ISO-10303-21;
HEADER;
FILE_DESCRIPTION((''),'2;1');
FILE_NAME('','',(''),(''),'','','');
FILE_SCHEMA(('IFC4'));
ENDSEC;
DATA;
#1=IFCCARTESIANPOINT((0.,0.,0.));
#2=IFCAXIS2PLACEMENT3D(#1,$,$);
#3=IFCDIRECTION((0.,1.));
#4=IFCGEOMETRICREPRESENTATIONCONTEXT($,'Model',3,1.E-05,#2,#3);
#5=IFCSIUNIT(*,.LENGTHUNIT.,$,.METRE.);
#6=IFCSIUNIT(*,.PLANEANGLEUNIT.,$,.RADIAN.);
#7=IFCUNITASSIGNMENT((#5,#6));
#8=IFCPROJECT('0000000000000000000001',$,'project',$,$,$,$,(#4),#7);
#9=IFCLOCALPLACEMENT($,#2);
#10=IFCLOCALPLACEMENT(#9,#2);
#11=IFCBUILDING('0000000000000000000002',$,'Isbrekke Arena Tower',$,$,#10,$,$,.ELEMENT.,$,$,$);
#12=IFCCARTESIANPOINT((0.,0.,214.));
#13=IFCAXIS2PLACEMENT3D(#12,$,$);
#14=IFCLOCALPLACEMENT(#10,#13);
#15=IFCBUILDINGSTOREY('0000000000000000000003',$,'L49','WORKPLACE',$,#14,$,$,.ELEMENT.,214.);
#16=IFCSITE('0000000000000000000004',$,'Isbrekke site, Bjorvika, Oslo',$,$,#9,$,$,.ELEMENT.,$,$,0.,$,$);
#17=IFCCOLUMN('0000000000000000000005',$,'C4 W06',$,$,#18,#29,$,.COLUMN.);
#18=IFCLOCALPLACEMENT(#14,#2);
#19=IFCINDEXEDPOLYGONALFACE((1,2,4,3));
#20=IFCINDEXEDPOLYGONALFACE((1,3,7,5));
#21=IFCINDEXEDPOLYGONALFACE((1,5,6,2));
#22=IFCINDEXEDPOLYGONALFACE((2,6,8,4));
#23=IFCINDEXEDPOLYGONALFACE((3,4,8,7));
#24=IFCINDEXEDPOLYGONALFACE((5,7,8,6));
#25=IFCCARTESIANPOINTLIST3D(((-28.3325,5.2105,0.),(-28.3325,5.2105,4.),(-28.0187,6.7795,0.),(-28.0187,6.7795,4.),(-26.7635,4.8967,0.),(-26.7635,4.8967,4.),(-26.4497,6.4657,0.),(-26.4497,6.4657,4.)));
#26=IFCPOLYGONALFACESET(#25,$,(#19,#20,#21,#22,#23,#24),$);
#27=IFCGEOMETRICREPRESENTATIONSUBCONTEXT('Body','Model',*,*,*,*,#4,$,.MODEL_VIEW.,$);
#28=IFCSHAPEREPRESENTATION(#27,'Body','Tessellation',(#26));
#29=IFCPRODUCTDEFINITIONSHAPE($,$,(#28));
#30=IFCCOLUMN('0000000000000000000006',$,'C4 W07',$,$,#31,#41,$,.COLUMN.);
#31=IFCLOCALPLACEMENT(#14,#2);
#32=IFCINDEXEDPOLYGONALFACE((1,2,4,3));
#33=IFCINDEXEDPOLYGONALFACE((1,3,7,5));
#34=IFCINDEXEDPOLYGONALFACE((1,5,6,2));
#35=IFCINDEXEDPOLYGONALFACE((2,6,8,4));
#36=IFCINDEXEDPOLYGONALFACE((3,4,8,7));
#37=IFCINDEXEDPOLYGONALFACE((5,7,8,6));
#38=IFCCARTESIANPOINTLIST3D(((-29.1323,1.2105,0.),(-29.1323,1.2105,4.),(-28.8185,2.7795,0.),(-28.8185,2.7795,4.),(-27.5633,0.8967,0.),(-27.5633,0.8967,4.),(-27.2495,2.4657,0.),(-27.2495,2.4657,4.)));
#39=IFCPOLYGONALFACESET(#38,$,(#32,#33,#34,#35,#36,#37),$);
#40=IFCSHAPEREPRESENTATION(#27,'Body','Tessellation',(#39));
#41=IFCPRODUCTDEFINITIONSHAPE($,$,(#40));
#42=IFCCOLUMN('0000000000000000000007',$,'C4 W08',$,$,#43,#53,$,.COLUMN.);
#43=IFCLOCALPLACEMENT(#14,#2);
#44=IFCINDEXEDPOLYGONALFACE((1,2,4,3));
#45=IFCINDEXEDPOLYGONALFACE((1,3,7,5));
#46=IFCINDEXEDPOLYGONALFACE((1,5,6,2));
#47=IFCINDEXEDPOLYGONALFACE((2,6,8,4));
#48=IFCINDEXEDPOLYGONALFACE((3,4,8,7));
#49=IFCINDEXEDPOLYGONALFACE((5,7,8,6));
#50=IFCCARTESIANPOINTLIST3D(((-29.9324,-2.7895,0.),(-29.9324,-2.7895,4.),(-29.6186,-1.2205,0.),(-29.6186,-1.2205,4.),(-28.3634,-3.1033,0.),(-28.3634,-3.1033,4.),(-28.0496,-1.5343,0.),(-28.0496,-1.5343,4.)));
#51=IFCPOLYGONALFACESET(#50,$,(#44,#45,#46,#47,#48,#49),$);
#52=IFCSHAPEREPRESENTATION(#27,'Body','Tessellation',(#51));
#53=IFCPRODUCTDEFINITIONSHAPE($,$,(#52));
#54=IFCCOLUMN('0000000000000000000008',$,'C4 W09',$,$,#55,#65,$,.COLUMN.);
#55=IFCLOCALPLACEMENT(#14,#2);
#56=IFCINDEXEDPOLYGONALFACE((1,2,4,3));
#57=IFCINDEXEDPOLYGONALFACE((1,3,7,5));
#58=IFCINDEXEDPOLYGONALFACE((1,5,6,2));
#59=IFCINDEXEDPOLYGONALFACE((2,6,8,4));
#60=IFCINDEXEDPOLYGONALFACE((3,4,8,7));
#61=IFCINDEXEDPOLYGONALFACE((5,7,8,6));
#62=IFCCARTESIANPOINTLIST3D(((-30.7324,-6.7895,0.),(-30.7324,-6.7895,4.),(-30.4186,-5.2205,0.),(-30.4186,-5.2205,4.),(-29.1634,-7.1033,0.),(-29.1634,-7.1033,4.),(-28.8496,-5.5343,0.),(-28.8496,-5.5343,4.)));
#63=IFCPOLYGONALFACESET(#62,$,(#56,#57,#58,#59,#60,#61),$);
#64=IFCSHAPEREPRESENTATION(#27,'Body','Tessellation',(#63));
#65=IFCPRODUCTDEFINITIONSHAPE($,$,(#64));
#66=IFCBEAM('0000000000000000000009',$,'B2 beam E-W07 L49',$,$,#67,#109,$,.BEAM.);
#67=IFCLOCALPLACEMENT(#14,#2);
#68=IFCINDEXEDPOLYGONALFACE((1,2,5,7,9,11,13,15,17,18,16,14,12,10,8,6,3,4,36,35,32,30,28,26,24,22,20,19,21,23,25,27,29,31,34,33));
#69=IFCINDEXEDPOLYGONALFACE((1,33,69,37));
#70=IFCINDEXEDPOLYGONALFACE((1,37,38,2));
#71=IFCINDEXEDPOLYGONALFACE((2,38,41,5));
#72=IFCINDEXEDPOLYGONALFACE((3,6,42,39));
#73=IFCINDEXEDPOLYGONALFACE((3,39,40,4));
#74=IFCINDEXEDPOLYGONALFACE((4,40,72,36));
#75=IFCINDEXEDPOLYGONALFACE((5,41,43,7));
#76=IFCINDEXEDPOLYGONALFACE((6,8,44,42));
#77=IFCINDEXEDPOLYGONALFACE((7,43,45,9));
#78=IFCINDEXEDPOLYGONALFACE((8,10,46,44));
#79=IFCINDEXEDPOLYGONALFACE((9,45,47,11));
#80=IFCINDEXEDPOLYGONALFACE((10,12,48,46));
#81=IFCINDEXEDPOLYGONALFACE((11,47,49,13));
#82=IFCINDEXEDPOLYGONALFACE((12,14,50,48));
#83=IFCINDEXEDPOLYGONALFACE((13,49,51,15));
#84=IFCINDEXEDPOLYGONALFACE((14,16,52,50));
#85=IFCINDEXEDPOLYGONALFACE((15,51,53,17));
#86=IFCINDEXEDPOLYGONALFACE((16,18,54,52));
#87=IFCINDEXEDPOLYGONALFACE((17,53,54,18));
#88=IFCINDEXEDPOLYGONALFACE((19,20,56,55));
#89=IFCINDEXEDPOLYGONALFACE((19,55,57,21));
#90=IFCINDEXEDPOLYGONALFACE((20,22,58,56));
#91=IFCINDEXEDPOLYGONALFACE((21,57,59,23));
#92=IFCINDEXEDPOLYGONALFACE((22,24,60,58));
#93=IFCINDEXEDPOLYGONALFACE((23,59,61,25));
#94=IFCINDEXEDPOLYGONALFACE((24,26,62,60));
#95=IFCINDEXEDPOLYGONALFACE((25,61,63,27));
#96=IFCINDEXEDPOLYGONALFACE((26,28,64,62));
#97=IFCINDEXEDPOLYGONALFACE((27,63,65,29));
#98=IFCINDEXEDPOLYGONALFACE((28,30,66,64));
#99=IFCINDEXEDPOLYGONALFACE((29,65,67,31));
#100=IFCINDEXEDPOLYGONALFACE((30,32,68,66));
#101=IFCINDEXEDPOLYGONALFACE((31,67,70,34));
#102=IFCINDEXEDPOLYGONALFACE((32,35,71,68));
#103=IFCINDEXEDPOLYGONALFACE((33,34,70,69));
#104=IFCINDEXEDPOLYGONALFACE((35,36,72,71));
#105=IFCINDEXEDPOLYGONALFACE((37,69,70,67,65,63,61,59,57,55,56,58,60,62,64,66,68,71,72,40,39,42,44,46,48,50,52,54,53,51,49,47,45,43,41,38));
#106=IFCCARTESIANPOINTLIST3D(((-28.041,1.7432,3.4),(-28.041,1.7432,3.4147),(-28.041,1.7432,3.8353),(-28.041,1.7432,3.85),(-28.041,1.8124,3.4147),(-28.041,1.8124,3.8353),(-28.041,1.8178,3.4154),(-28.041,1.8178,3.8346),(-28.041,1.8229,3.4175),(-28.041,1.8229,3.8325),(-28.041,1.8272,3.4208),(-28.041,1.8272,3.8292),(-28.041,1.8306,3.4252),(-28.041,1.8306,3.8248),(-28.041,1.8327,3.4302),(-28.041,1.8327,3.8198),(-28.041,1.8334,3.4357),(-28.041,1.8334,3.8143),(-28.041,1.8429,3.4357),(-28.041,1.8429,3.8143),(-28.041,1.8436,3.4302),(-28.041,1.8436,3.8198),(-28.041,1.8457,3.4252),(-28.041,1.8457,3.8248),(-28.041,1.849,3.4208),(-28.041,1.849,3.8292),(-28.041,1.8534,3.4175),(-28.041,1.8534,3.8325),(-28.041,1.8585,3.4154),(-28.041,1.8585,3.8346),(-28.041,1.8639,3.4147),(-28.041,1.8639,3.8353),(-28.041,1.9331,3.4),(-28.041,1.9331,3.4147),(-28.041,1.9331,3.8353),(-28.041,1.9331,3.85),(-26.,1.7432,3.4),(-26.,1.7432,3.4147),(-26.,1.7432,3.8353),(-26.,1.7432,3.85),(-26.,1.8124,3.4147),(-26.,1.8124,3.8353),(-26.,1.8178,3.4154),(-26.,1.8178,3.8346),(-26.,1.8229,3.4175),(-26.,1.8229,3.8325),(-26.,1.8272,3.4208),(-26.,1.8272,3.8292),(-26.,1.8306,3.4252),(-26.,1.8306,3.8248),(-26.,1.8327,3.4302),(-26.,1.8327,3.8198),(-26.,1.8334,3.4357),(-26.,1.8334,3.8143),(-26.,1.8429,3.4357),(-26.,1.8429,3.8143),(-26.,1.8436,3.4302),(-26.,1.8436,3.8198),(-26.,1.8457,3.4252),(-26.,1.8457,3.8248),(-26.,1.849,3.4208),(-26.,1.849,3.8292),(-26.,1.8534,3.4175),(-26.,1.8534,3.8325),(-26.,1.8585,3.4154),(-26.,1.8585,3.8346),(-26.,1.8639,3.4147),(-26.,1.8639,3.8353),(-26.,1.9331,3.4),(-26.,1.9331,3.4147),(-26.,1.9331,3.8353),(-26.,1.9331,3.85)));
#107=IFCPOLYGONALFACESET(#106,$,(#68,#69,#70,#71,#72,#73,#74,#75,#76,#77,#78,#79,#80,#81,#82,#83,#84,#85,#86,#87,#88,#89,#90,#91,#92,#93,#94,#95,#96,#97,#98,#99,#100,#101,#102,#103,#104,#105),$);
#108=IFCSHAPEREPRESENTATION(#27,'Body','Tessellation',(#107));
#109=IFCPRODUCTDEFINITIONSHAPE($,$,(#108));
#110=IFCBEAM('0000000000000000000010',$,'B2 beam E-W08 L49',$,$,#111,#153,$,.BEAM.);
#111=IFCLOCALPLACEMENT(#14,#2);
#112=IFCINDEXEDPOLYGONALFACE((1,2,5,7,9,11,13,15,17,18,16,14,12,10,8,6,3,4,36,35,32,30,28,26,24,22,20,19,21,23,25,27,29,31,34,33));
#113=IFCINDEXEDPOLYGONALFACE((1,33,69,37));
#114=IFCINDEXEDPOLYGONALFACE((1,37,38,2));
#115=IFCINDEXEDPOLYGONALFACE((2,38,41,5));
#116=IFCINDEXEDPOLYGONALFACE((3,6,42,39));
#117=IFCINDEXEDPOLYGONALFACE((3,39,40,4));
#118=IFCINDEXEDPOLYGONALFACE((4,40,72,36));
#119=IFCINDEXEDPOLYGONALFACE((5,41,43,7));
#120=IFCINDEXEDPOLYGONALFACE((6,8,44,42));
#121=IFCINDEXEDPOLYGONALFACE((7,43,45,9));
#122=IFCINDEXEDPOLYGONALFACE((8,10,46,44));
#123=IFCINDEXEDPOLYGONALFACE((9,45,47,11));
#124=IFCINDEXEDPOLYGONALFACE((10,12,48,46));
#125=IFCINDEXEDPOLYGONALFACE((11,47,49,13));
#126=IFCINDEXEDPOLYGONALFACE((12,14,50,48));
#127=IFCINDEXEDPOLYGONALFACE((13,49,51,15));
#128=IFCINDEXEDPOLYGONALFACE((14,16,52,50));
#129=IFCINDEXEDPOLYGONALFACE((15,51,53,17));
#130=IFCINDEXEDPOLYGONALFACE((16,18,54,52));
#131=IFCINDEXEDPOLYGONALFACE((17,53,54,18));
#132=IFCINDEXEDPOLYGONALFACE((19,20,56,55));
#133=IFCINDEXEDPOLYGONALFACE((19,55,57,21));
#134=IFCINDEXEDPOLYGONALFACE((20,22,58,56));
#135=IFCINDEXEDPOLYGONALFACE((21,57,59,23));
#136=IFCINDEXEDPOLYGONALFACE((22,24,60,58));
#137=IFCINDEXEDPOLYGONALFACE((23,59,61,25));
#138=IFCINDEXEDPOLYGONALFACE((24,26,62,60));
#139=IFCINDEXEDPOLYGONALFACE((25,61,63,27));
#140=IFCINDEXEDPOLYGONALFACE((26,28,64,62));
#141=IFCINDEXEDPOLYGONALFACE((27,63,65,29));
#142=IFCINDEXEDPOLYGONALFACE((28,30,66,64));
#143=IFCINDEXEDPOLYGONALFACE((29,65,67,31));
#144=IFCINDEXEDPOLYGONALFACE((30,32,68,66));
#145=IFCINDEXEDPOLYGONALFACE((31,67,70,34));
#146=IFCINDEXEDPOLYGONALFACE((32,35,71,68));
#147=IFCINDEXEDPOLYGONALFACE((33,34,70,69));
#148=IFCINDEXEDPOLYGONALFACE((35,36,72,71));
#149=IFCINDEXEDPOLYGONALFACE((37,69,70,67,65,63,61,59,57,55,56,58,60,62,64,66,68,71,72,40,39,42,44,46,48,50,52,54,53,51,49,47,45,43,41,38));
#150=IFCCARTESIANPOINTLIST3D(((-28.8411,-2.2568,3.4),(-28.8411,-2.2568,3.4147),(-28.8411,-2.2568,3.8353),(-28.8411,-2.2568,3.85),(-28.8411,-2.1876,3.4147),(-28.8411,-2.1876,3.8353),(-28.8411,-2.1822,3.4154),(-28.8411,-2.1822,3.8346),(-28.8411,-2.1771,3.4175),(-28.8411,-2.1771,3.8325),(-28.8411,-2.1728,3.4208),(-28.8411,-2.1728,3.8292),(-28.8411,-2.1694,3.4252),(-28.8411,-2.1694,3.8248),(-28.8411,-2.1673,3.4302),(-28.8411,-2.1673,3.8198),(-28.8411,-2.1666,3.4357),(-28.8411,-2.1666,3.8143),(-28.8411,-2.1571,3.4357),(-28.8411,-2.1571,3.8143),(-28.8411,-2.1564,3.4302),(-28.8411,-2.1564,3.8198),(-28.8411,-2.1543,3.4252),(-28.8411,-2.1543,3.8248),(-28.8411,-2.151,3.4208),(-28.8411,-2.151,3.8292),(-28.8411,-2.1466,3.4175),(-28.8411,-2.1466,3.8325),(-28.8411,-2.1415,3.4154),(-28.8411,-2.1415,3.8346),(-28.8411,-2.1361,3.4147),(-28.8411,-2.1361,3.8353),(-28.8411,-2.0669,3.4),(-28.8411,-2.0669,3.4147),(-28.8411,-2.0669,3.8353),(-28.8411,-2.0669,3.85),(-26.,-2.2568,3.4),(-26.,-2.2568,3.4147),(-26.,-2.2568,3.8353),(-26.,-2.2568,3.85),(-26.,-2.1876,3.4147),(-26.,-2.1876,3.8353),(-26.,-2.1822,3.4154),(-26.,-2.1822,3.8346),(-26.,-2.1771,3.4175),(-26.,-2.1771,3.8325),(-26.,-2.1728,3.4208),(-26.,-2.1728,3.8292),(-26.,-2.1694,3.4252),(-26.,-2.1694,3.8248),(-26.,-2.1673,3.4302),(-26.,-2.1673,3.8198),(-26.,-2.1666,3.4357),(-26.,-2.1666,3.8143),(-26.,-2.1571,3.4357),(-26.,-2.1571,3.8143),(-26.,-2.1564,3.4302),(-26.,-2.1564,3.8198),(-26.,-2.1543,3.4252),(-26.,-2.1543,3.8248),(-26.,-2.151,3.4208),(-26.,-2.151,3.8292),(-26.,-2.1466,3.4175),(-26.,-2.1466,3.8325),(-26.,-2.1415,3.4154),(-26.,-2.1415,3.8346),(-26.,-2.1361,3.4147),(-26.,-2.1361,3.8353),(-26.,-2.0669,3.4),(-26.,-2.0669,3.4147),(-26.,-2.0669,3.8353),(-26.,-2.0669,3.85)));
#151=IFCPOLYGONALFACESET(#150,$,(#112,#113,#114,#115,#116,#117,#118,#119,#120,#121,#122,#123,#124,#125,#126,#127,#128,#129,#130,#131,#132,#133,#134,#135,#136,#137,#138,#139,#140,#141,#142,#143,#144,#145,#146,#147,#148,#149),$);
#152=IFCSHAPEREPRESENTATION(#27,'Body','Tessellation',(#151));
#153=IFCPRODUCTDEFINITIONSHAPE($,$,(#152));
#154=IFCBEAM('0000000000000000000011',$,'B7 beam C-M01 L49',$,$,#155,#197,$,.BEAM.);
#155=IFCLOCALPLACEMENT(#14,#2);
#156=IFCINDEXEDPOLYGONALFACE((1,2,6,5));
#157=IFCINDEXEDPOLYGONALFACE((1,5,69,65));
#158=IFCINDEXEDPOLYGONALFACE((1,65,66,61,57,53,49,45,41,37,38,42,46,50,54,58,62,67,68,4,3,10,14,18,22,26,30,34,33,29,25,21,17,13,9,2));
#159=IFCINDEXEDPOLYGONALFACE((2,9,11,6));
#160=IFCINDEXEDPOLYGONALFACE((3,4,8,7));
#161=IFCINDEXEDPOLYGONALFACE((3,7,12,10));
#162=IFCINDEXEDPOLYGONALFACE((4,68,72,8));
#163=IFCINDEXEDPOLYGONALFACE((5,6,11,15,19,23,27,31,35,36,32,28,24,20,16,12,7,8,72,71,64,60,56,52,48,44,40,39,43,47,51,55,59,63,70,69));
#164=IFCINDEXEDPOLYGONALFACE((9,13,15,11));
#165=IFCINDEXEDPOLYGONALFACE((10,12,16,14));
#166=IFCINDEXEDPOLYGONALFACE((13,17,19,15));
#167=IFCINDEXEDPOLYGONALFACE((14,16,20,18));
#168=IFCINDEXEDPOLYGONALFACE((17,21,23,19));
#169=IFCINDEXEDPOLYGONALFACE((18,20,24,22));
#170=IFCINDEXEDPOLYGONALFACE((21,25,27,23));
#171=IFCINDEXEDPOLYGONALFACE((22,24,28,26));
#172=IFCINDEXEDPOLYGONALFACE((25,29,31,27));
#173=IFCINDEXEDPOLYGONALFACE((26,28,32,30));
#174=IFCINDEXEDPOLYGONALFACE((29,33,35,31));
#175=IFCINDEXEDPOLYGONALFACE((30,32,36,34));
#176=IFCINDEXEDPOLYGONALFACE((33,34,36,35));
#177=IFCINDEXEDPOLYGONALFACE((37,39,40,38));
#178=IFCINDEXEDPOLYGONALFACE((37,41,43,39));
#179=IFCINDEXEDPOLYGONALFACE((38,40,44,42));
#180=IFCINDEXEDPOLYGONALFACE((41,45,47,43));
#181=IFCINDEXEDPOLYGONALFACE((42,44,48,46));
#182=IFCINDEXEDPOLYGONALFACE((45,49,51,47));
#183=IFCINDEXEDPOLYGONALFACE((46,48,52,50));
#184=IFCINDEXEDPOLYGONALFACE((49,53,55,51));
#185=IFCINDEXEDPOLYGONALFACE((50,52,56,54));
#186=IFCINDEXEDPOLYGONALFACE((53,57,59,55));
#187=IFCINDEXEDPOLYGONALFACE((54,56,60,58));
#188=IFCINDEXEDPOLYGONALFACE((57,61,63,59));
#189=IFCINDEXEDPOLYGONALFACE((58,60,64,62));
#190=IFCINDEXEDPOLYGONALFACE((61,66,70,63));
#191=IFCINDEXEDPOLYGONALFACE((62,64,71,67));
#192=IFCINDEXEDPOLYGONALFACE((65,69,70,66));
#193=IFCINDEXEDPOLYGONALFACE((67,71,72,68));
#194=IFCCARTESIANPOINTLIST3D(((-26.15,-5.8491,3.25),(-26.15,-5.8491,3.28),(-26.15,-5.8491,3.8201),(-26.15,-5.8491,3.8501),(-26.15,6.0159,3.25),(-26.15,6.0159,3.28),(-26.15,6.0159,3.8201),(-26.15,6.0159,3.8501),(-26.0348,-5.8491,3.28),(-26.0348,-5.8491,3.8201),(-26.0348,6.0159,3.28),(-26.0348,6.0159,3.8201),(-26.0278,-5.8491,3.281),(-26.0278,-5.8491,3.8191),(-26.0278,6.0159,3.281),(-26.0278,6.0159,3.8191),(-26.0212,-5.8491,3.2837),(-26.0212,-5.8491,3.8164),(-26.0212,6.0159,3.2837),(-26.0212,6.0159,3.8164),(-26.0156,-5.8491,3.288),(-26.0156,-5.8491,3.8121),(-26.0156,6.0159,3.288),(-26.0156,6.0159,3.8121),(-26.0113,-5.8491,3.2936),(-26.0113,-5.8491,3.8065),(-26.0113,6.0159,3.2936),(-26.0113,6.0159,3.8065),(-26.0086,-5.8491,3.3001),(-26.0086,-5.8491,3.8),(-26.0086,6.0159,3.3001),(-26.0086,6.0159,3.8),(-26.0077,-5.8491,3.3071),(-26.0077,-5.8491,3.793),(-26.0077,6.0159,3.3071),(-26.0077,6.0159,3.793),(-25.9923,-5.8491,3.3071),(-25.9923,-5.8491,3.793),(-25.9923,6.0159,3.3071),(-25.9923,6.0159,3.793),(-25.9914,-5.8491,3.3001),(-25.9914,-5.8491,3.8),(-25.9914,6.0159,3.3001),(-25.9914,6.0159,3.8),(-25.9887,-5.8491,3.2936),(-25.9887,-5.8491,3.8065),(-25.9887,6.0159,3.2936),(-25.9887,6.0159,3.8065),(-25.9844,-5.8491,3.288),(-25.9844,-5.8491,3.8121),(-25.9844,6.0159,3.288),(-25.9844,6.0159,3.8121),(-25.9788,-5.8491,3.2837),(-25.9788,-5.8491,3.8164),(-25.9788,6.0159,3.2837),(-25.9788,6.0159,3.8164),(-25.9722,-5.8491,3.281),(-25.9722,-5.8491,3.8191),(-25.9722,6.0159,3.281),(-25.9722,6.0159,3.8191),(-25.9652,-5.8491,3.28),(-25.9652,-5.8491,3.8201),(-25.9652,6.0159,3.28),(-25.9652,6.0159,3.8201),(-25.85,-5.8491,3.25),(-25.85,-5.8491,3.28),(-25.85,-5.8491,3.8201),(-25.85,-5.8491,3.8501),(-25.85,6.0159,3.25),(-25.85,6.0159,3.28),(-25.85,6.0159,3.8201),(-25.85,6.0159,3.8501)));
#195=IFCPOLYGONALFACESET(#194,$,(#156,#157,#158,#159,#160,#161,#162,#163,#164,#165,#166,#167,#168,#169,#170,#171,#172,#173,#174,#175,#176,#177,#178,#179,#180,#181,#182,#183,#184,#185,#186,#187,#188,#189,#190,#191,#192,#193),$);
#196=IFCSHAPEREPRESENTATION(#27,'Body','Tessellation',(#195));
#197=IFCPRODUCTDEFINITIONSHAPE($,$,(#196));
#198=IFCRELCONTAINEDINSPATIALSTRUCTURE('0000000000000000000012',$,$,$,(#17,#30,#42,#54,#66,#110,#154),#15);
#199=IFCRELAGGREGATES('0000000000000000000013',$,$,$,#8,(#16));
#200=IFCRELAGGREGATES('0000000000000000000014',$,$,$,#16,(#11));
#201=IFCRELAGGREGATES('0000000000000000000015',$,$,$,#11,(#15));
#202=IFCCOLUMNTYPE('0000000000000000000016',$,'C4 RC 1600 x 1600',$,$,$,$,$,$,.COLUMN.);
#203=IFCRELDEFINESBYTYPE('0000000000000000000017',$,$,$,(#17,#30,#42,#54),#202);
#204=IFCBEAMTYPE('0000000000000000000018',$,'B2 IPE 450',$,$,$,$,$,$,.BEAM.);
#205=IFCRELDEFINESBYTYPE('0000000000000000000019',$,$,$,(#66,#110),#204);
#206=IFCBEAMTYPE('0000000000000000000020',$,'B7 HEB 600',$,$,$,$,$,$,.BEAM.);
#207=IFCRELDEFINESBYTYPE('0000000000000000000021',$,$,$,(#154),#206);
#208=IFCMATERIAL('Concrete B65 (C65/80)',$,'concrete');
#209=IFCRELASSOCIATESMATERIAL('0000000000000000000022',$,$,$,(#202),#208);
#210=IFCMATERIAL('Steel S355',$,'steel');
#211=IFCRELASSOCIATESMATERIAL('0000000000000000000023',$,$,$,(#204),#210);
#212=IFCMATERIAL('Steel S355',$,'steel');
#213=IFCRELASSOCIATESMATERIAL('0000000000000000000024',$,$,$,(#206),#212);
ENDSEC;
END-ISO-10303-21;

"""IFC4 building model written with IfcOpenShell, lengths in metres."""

from ifc_helpers import new_model, si_unit, direction, frame, origin, origin_2d, place, context, subcontext, project, spatial, rectangle, i_section, extrude, material, material_profile, profile_set, type_object, element, save


model = new_model("IFC4")

# Units and contexts
model_context = context("Model", 3, precision=1e-05, world=origin(), true_north=direction((0.0, 1.0)))
body_context = subcontext(model_context, "Body", "Model", "MODEL_VIEW")
ifc_project = project(units=[si_unit("LENGTHUNIT", "METRE"), si_unit("PLANEANGLEUNIT", "RADIAN")], contexts=[model_context])

# Site, building, storey
site_placement = place(None, origin())
site = spatial("IfcSite", under=ifc_project, at=site_placement, Name="Isbrekke site, Bjorvika, Oslo", CompositionType="ELEMENT", RefElevation=0.0)
building_placement = place(site_placement, origin())
building = spatial("IfcBuilding", under=site, at=building_placement, Name="Isbrekke Arena Tower", CompositionType="ELEMENT")
storey_placement = place(building_placement, frame((0.0, 0.0, 214.0)))
storey = spatial("IfcBuildingStorey", under=building, at=storey_placement, Name="L49", Description="WORKPLACE", CompositionType="ELEMENT", Elevation=214.0)

# Columns
ifc_material_1 = material(Name="Concrete B65 (C65/80)", Category="concrete")
ifc_material_profile_1 = material_profile(ifc_material_1, rectangle(XDim=1.6001, YDim=1.6001, at=origin_2d()), Name="RC 1600x1600")
ifc_profile_set_1 = profile_set([ifc_material_profile_1], Name="Concrete B65 (C65/80)")
column_type = type_object("IfcColumnType", Name="C4 RC 1600 x 1600", PredefinedType="COLUMN", material=ifc_profile_set_1)
for number, where, z_axis, x_axis, name in (
    (1, (-27.3911, 5.8381, 0.0), (0.0, 0.0, 1.0), (-0.196116, -0.980581, 0.0), "C4 W06"),
    (2, (-28.1909, 1.8381, 0.0), (0.0, 0.0, 1.0), (-0.196116, -0.980581, 0.0), "C4 W07"),
    (3, (-28.991, -2.1619, 0.0), (0.0, 0.0, 1.0), (-0.196116, -0.980581, 0.0), "C4 W08"),
    (4, (-29.791, -6.1619, 0.0), (0.0, 0.0, 1.0), (-0.196116, -0.980581, 0.0), "C4 W09"),
):
    element("IfcColumn", number, at=place(storey_placement, frame(where, z_axis=z_axis, x_axis=x_axis)), inside=storey, type_object=column_type, Name=name, PredefinedType="COLUMN", context=body_context, shape_type="SweptSolid", body=[
        extrude(rectangle(XDim=1.6001, YDim=1.6001, at=origin_2d()), origin(), (0.0, 0.0, 1.0), 4.0),
    ])

# Beams
ifc_material_2 = material(Name="Steel S355", Category="steel")
ifc_material_profile_2 = material_profile(ifc_material_2, i_section(OverallWidth=0.1899, OverallDepth=0.45, WebThickness=0.0095, FlangeThickness=0.0146, FilletRadius=0.021, at=origin_2d()), Name="IPE 450")
ifc_profile_set_2 = profile_set([ifc_material_profile_2], Name="Steel S355")
beam_type_1 = type_object("IfcBeamType", Name="B2 IPE 450", PredefinedType="BEAM", material=ifc_profile_set_2)
beam_1_placement = place(storey_placement, frame((-28.041, 1.8381, 3.625), z_axis=(1.0, 0.0, 0.0), x_axis=(0.0, 1.0, 0.0)))
element("IfcBeam", 5, at=beam_1_placement, inside=storey, type_object=beam_type_1, Name="B2 beam E-W07 L49", PredefinedType="BEAM", context=body_context, shape_type="SweptSolid", body=[
    extrude(i_section(OverallWidth=0.1899, OverallDepth=0.45, WebThickness=0.0095, FlangeThickness=0.0146, FilletRadius=0.021, at=origin_2d()), origin(), (0.0, 0.0, 1.0), 2.041),
])
beam_2_placement = place(storey_placement, frame((-28.8411, -2.1619, 3.625), z_axis=(1.0, 0.0, 0.0), x_axis=(0.0, 1.0, 0.0)))
element("IfcBeam", 6, at=beam_2_placement, inside=storey, type_object=beam_type_1, Name="B2 beam E-W08 L49", PredefinedType="BEAM", context=body_context, shape_type="SweptSolid", body=[
    extrude(i_section(OverallWidth=0.1899, OverallDepth=0.45, WebThickness=0.0095, FlangeThickness=0.0146, FilletRadius=0.021, at=origin_2d()), origin(), (0.0, 0.0, 1.0), 2.8411),
])
ifc_material_3 = material(Name="Steel S355", Category="steel")
ifc_material_profile_3 = material_profile(ifc_material_3, i_section(OverallWidth=0.3, OverallDepth=0.6001, WebThickness=0.0154, FlangeThickness=0.03, FilletRadius=0.0271, at=origin_2d()), Name="HEB 600")
ifc_profile_set_3 = profile_set([ifc_material_profile_3], Name="Steel S355")
beam_type_2 = type_object("IfcBeamType", Name="B7 HEB 600", PredefinedType="BEAM", material=ifc_profile_set_3)
beam_3_placement = place(storey_placement, frame((-26.0, -5.8491, 3.55), z_axis=(0.0, 1.0, 0.0), x_axis=(-1.0, 0.0, 0.0)))
element("IfcBeam", 7, at=beam_3_placement, inside=storey, type_object=beam_type_2, Name="B7 beam C-M01 L49", PredefinedType="BEAM", context=body_context, shape_type="SweptSolid", body=[
    extrude(i_section(OverallWidth=0.3, OverallDepth=0.6001, WebThickness=0.0154, FlangeThickness=0.03, FilletRadius=0.0271, at=origin_2d()), origin(), (0.0, 0.0, 1.0), 11.865),
])

save(model, "model.ifc")
